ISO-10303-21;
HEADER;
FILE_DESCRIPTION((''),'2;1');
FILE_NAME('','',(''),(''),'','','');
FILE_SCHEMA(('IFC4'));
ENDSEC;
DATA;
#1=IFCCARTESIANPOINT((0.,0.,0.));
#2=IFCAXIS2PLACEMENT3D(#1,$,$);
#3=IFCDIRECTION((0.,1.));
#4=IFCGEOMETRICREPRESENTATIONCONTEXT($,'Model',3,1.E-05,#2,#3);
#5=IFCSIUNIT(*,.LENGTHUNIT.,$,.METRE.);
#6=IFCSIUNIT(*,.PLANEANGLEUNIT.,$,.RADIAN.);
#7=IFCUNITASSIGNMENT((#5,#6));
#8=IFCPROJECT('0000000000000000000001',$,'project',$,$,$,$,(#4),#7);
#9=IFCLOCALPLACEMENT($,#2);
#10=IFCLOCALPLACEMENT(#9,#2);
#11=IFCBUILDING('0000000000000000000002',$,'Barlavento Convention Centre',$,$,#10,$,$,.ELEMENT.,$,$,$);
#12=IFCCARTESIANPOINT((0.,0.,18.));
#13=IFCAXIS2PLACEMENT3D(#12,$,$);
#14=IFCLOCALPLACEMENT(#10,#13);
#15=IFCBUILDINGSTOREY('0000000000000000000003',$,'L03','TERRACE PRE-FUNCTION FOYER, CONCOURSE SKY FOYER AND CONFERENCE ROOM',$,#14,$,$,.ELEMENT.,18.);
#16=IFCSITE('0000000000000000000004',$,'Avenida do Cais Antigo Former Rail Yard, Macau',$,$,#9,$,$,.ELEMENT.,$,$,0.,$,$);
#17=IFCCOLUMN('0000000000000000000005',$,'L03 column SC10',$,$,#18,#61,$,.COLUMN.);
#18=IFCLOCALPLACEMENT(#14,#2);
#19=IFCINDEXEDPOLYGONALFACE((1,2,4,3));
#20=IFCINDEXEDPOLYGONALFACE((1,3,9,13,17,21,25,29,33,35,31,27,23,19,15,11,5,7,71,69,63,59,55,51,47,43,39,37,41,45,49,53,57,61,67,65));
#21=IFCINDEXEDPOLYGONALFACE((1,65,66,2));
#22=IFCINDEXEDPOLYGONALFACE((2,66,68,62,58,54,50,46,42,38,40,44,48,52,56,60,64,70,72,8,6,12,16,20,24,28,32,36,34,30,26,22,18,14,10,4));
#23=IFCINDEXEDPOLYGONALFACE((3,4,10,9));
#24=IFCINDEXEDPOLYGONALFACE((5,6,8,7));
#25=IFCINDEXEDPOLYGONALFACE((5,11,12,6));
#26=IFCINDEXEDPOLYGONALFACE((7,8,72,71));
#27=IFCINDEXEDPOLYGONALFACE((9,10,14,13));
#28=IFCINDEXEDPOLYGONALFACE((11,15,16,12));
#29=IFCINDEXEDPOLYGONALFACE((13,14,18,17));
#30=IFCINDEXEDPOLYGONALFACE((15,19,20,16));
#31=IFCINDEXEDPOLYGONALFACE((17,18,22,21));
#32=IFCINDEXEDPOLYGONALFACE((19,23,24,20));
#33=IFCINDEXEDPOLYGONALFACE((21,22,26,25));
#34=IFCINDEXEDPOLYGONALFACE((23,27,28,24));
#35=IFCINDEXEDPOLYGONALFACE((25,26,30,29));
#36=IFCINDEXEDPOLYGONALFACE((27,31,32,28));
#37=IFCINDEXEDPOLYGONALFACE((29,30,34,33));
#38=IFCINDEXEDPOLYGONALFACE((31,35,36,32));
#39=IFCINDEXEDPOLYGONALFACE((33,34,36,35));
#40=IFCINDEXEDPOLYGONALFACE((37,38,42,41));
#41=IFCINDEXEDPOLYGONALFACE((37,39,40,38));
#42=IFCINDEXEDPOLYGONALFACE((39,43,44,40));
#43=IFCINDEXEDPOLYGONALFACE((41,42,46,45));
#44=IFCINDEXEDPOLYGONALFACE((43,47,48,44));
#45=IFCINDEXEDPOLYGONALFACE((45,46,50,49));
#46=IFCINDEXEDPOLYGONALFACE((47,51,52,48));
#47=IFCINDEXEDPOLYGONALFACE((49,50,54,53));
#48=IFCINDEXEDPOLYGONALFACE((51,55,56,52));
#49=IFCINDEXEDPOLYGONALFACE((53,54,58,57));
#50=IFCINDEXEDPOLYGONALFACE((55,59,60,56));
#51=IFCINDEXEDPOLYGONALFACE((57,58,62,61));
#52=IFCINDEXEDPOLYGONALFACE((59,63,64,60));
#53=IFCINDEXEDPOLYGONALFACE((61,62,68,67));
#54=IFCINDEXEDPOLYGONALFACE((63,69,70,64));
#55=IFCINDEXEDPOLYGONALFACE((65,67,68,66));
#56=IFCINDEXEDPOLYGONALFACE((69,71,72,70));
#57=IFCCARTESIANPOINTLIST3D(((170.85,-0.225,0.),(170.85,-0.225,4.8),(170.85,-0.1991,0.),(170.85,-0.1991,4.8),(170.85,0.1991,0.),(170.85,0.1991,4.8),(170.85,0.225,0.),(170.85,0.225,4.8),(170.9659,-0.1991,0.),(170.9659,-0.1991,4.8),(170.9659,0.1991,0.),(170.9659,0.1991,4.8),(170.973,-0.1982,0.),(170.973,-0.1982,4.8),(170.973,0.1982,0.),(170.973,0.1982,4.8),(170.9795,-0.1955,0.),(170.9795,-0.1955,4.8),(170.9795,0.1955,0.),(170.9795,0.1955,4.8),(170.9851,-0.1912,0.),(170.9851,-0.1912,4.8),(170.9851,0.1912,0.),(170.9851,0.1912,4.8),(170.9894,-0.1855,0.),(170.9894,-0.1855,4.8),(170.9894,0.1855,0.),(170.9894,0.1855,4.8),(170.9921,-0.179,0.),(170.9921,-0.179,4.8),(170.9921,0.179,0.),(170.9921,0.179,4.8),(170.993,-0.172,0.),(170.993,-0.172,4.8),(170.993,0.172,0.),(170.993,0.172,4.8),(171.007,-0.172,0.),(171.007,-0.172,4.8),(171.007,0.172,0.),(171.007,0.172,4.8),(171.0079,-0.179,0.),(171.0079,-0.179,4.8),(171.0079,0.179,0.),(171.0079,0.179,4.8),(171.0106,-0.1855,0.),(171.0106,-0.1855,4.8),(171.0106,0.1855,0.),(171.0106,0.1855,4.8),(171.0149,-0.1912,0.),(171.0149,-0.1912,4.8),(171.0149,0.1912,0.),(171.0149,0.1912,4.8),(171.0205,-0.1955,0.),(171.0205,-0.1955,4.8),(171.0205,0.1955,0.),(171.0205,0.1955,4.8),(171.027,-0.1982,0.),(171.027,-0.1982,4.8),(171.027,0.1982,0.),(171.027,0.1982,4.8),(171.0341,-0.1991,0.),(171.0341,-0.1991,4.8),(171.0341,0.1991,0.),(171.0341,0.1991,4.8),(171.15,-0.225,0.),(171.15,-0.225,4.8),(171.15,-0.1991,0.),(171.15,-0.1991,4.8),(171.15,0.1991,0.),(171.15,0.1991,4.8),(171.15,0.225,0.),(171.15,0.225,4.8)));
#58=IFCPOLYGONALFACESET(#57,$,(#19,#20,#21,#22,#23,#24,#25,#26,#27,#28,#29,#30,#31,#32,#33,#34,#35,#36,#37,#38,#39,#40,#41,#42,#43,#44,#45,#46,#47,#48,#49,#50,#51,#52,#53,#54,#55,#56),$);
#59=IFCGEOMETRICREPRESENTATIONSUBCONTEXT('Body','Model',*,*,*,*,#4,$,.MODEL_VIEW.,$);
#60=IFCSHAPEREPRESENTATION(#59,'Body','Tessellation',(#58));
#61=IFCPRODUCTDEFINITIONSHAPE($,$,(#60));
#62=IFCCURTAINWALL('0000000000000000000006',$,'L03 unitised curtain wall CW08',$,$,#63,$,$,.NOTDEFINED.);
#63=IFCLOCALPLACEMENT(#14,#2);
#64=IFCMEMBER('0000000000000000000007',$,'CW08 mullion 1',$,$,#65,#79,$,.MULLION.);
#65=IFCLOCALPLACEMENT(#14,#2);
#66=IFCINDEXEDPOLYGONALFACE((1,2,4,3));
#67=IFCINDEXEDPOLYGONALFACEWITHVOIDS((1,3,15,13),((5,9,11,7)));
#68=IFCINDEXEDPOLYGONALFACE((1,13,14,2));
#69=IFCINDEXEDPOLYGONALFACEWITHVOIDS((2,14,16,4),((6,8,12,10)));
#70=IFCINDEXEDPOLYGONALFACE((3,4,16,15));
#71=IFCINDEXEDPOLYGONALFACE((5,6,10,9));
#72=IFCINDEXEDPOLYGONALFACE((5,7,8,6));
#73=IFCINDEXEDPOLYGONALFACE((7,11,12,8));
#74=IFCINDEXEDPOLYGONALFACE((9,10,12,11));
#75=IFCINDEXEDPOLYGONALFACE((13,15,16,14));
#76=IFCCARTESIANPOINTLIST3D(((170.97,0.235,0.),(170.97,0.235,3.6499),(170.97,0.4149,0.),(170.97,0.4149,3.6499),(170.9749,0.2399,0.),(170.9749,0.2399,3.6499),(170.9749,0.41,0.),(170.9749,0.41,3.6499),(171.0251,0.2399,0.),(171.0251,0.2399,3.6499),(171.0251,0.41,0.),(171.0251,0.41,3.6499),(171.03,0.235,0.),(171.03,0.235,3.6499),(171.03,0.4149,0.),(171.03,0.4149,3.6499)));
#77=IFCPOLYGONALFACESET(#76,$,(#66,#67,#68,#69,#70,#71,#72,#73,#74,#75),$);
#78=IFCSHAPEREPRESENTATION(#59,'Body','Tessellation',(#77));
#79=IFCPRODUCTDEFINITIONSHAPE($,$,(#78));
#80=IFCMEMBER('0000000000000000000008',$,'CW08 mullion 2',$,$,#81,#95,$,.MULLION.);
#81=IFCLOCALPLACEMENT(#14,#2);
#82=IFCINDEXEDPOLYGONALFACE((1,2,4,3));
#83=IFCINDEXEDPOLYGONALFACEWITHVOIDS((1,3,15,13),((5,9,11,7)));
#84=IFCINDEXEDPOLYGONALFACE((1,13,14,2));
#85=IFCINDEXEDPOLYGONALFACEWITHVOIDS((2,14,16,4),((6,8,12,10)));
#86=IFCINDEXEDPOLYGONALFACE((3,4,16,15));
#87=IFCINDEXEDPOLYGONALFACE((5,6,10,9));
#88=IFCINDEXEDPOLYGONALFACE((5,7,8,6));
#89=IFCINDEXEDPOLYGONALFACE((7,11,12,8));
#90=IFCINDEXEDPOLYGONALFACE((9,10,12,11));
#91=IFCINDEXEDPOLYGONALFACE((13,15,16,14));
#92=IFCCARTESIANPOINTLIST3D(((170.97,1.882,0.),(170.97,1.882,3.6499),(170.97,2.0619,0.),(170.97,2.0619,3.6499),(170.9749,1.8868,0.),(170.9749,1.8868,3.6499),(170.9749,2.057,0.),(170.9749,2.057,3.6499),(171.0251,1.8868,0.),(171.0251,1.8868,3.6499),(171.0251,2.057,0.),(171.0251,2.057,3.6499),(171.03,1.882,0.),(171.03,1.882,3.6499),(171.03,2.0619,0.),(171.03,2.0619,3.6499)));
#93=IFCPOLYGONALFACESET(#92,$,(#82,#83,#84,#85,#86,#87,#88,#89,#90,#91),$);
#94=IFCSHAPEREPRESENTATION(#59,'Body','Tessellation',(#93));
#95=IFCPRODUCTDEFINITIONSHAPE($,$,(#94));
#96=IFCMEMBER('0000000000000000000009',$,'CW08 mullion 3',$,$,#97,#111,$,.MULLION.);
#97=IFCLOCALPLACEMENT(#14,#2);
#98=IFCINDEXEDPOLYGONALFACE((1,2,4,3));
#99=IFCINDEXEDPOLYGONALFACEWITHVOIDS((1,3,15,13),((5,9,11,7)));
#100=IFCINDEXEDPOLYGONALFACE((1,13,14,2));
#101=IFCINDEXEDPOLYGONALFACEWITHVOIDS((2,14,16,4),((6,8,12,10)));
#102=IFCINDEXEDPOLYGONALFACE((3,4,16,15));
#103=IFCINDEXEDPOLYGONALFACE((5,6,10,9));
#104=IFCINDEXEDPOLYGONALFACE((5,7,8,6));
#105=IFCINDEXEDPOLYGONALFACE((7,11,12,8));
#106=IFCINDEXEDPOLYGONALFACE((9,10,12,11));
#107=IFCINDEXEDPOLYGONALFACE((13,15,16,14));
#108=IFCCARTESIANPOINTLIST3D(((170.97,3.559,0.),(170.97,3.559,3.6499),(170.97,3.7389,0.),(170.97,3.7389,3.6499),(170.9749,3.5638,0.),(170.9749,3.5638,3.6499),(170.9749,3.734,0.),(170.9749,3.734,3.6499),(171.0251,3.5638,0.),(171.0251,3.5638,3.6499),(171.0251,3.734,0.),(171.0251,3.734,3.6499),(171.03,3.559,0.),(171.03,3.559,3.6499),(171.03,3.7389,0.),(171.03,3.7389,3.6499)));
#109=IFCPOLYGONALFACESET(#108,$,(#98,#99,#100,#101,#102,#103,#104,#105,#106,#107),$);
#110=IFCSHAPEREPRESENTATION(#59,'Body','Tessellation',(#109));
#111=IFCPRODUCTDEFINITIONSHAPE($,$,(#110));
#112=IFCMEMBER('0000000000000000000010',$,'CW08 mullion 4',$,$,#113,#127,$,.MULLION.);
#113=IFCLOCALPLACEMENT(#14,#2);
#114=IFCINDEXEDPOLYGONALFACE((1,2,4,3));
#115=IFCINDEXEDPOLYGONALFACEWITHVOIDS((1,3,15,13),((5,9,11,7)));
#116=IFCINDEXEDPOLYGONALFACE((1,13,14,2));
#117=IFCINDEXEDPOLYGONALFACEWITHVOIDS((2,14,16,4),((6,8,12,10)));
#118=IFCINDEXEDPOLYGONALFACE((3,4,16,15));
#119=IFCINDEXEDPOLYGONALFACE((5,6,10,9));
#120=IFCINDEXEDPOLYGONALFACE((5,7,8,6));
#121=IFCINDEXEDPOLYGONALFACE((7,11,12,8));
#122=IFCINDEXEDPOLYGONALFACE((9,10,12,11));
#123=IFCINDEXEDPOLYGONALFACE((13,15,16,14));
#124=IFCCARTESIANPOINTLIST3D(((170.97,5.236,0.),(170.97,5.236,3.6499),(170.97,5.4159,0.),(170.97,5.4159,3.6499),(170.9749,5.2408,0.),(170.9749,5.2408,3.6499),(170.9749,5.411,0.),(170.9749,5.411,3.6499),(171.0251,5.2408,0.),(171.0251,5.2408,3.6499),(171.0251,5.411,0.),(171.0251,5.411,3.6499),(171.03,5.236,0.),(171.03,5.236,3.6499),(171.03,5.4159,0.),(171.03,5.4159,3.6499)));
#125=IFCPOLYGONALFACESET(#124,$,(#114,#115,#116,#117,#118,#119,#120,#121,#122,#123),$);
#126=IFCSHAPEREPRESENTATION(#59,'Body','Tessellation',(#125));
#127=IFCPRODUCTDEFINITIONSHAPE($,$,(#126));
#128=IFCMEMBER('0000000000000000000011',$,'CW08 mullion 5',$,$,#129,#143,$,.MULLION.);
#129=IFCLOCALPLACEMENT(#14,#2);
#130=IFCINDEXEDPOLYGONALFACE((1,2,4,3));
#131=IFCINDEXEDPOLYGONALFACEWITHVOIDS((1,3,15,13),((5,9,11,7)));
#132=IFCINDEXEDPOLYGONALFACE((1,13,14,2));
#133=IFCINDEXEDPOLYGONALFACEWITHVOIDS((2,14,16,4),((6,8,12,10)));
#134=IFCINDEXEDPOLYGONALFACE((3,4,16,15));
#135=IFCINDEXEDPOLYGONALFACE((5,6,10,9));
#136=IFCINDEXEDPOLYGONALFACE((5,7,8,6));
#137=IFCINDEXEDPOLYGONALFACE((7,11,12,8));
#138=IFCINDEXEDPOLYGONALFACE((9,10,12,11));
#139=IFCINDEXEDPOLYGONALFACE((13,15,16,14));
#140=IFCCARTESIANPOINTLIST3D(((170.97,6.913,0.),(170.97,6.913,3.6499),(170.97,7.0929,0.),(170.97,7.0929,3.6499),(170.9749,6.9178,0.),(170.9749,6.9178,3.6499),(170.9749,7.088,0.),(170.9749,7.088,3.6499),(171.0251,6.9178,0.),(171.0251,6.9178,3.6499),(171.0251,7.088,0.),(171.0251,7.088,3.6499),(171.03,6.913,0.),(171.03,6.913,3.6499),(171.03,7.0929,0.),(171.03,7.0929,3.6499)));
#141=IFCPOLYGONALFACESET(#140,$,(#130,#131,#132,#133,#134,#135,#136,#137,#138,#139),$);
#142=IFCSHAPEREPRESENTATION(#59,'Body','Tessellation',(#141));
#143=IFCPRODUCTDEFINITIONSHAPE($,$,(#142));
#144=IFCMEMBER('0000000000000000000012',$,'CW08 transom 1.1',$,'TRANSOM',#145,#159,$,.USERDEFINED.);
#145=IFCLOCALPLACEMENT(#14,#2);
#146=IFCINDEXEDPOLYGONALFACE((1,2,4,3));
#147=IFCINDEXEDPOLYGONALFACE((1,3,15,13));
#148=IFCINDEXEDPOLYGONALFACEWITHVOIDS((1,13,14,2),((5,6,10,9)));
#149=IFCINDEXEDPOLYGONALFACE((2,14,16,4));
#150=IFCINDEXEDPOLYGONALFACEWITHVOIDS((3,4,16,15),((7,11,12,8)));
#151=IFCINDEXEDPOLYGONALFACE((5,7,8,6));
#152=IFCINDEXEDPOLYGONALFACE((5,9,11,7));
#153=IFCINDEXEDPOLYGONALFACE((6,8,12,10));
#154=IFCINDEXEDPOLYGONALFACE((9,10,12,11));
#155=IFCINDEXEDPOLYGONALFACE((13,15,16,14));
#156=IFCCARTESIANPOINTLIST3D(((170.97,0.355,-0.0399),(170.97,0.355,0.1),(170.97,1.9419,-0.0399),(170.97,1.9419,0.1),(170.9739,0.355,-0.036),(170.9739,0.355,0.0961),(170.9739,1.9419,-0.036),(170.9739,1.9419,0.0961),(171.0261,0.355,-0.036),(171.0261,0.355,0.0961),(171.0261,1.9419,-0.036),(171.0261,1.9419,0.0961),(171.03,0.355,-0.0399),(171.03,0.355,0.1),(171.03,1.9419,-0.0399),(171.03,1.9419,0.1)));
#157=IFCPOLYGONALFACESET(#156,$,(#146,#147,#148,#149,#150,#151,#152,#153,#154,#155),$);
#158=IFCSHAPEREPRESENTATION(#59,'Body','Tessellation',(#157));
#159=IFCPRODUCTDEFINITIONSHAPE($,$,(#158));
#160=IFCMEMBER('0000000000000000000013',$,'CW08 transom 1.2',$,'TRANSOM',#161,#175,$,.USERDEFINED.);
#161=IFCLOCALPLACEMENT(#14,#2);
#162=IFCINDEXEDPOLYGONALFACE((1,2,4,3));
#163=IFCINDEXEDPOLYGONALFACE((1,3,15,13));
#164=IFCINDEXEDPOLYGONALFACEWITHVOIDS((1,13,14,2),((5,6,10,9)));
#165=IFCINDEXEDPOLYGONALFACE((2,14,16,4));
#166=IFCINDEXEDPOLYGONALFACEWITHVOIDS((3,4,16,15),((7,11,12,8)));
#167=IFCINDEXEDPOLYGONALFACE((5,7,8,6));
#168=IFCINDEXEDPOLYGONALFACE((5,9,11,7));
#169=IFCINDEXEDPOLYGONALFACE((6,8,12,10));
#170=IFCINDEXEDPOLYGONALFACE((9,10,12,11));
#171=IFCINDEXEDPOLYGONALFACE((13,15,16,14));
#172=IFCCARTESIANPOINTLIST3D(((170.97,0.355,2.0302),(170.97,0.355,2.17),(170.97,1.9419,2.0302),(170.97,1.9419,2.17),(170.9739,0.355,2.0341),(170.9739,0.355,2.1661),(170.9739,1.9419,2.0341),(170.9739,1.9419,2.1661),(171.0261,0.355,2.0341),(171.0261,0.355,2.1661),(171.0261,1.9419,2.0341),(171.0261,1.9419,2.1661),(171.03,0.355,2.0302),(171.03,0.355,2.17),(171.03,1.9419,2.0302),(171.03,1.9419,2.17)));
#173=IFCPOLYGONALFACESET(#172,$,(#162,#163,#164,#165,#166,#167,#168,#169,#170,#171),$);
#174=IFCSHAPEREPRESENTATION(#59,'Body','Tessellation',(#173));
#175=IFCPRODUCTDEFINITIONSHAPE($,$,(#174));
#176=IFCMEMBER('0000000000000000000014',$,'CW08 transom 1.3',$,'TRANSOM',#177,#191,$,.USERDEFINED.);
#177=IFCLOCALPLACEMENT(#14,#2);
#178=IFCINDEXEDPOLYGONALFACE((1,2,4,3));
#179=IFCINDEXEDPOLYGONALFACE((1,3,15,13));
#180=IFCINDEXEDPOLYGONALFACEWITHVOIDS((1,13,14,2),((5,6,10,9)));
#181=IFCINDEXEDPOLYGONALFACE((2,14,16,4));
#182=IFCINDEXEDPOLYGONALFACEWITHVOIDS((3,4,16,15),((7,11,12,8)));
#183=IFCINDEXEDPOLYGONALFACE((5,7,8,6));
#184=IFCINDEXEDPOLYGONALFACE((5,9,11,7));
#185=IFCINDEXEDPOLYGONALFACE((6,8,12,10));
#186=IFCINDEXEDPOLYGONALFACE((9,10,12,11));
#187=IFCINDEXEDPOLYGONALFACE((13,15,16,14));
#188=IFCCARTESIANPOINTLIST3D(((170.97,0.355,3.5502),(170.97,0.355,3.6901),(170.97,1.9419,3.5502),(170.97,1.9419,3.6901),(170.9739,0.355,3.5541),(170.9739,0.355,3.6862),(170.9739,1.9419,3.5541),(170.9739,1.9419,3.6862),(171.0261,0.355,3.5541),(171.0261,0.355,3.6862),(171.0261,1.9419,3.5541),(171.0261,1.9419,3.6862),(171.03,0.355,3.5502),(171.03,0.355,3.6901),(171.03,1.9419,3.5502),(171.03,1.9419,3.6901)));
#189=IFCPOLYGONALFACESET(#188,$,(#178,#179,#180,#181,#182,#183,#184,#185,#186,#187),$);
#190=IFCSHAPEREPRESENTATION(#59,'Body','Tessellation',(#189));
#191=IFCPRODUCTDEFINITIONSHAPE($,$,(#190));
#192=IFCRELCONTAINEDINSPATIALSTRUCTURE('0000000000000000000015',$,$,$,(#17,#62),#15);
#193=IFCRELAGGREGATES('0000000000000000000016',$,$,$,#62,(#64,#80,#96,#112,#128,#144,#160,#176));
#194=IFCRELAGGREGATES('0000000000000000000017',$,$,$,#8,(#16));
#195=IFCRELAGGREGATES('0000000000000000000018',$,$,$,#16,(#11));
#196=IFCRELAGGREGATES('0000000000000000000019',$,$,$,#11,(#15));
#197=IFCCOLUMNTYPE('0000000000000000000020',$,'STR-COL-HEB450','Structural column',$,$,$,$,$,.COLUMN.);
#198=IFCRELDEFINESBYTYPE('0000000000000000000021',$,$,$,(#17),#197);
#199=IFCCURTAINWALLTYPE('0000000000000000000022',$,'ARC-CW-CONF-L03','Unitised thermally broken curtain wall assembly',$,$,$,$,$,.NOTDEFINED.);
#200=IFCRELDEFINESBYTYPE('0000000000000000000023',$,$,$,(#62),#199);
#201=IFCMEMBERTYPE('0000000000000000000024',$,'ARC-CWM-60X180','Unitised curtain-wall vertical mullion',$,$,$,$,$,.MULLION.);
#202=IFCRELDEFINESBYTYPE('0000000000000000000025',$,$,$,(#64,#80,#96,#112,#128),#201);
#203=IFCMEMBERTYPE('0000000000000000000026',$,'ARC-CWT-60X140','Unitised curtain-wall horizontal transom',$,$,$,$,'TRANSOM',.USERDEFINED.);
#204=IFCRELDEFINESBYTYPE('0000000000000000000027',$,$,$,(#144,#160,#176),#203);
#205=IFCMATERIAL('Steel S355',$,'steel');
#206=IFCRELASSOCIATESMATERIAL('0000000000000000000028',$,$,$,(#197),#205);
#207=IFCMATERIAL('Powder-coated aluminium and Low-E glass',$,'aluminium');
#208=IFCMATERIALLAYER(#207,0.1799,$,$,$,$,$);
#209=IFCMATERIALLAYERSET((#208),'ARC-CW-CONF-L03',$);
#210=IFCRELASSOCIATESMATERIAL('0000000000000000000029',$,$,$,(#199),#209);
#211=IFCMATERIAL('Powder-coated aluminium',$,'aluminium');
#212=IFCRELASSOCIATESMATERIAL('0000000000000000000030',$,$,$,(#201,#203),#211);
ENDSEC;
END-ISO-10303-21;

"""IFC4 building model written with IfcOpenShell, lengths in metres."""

from ifc_helpers import new_model, si_unit, direction, frame, origin, origin_2d, place, context, subcontext, project, spatial, hollow_rectangle, i_section, extrude, material, layer, layer_set, material_profile, profile_set, type_object, element, aggregate, save


model = new_model("IFC4")

# Units and contexts
model_context = context("Model", 3, precision=1e-05, world=origin(), true_north=direction((0.0, 1.0)))
body_context = subcontext(model_context, "Body", "Model", "MODEL_VIEW")
ifc_project = project(units=[si_unit("LENGTHUNIT", "METRE"), si_unit("PLANEANGLEUNIT", "RADIAN")], contexts=[model_context])

# Site, building, storey
site_placement = place(None, origin())
site = spatial("IfcSite", under=ifc_project, at=site_placement, Name="Avenida do Cais Antigo Former Rail Yard, Macau", CompositionType="ELEMENT", RefElevation=0.0)
building_placement = place(site_placement, origin())
building = spatial("IfcBuilding", under=site, at=building_placement, Name="Barlavento Convention Centre", CompositionType="ELEMENT")
storey_placement = place(building_placement, frame((0.0, 0.0, 18.0)))
storey = spatial("IfcBuildingStorey", under=building, at=storey_placement, Name="L03", Description="TERRACE PRE-FUNCTION FOYER, CONCOURSE SKY FOYER AND CONFERENCE ROOM", CompositionType="ELEMENT", Elevation=18.0)

# Column
ifc_material_1 = material(Name="Steel S355", Category="steel")
ifc_material_profile_1 = material_profile(ifc_material_1, i_section(OverallWidth=0.3, OverallDepth=0.45, WebThickness=0.0139, FlangeThickness=0.0259, FilletRadius=0.0271, at=origin_2d()), Name="HEB 450")
ifc_profile_set_1 = profile_set([ifc_material_profile_1], Name="Steel S355")
column_type = type_object("IfcColumnType", Name="STR-COL-HEB450", Description="Structural column", PredefinedType="COLUMN", material=ifc_profile_set_1)
column_placement = place(storey_placement, frame((171.0, 0.0, 0.0), z_axis=(0.0, 0.0, 1.0), x_axis=(1.0, 0.0, 0.0)))
element("IfcColumn", 1, at=column_placement, inside=storey, type_object=column_type, Name="L03 column SC10", PredefinedType="COLUMN", context=body_context, shape_type="SweptSolid", body=[
    extrude(i_section(OverallWidth=0.3, OverallDepth=0.45, WebThickness=0.0139, FlangeThickness=0.0259, FilletRadius=0.0271, at=origin_2d()), origin(), (0.0, 0.0, 1.0), 4.8),
])

# Curtain wall, members
ifc_material_2 = material(Name="Powder-coated aluminium and Low-E glass", Category="aluminium")
ifc_layer_1 = layer(ifc_material_2, 0.1799)
ifc_layer_set_1 = layer_set([ifc_layer_1], Name="ARC-CW-CONF-L03")
curtain_wall_type = type_object("IfcCurtainWallType", Name="ARC-CW-CONF-L03", Description="Unitised thermally broken curtain wall assembly", PredefinedType="NOTDEFINED", material=ifc_layer_set_1)
curtain_wall_placement = place(storey_placement, origin())
curtain_wall = element("IfcCurtainWall", 2, at=curtain_wall_placement, inside=storey, type_object=curtain_wall_type, Name="L03 unitised curtain wall CW08", PredefinedType="NOTDEFINED")
ifc_material_3 = material(Name="Powder-coated aluminium", Category="aluminium")
ifc_material_profile_2 = material_profile(ifc_material_3, hollow_rectangle(XDim=0.0601, YDim=0.1799, WallThickness=0.0049, at=origin_2d()), Name="AL-MULL 60x180x5")
ifc_profile_set_2 = profile_set([ifc_material_profile_2], Name="Powder-coated aluminium")
member_type_1 = type_object("IfcMemberType", Name="ARC-CWM-60X180", Description="Unitised curtain-wall vertical mullion", PredefinedType="MULLION", material=ifc_profile_set_2)
member_1_placement = place(storey_placement, frame((171.0, 0.325, 0.0), z_axis=(0.0, 0.0, 1.0), x_axis=(-1.0, 0.0, 0.0)))
member_1 = element("IfcMember", 3, at=member_1_placement, type_object=member_type_1, Name="CW08 mullion 1", PredefinedType="MULLION", context=body_context, shape_type="SweptSolid", body=[
    extrude(hollow_rectangle(XDim=0.0601, YDim=0.1799, WallThickness=0.0049, at=origin_2d()), origin(), (0.0, 0.0, 1.0), 3.6499),
])
member_2_placement = place(storey_placement, frame((171.0, 1.9719, 0.0), z_axis=(0.0, 0.0, 1.0), x_axis=(-1.0, 0.0, 0.0)))
member_2 = element("IfcMember", 4, at=member_2_placement, type_object=member_type_1, Name="CW08 mullion 2", PredefinedType="MULLION", context=body_context, shape_type="SweptSolid", body=[
    extrude(hollow_rectangle(XDim=0.0601, YDim=0.1799, WallThickness=0.0049, at=origin_2d()), origin(), (0.0, 0.0, 1.0), 3.6499),
])
member_3_placement = place(storey_placement, frame((171.0, 3.6489, 0.0), z_axis=(0.0, 0.0, 1.0), x_axis=(-1.0, 0.0, 0.0)))
member_3 = element("IfcMember", 5, at=member_3_placement, type_object=member_type_1, Name="CW08 mullion 3", PredefinedType="MULLION", context=body_context, shape_type="SweptSolid", body=[
    extrude(hollow_rectangle(XDim=0.0601, YDim=0.1799, WallThickness=0.0049, at=origin_2d()), origin(), (0.0, 0.0, 1.0), 3.6499),
])
member_4_placement = place(storey_placement, frame((171.0, 5.3259, 0.0), z_axis=(0.0, 0.0, 1.0), x_axis=(-1.0, 0.0, 0.0)))
member_4 = element("IfcMember", 6, at=member_4_placement, type_object=member_type_1, Name="CW08 mullion 4", PredefinedType="MULLION", context=body_context, shape_type="SweptSolid", body=[
    extrude(hollow_rectangle(XDim=0.0601, YDim=0.1799, WallThickness=0.0049, at=origin_2d()), origin(), (0.0, 0.0, 1.0), 3.6499),
])
member_5_placement = place(storey_placement, frame((171.0, 7.0029, 0.0), z_axis=(0.0, 0.0, 1.0), x_axis=(-1.0, 0.0, 0.0)))
member_5 = element("IfcMember", 7, at=member_5_placement, type_object=member_type_1, Name="CW08 mullion 5", PredefinedType="MULLION", context=body_context, shape_type="SweptSolid", body=[
    extrude(hollow_rectangle(XDim=0.0601, YDim=0.1799, WallThickness=0.0049, at=origin_2d()), origin(), (0.0, 0.0, 1.0), 3.6499),
])
ifc_material_profile_3 = material_profile(ifc_material_3, hollow_rectangle(XDim=0.0601, YDim=0.1399, WallThickness=0.0039, at=origin_2d()), Name="AL-TRAN 60x140x4")
ifc_profile_set_3 = profile_set([ifc_material_profile_3], Name="Powder-coated aluminium")
member_type_2 = type_object("IfcMemberType", Name="ARC-CWT-60X140", Description="Unitised curtain-wall horizontal transom", ElementType="TRANSOM", PredefinedType="USERDEFINED", material=ifc_profile_set_3)
member_6_placement = place(storey_placement, frame((171.0, 0.355, 0.03), z_axis=(0.0, 1.0, 0.0), x_axis=(-1.0, 0.0, 0.0)))
member_6 = element("IfcMember", 8, at=member_6_placement, type_object=member_type_2, Name="CW08 transom 1.1", ObjectType="TRANSOM", PredefinedType="USERDEFINED", context=body_context, shape_type="SweptSolid", body=[
    extrude(hollow_rectangle(XDim=0.0601, YDim=0.1399, WallThickness=0.0039, at=origin_2d()), origin(), (0.0, 0.0, 1.0), 1.5869),
])
member_7_placement = place(storey_placement, frame((171.0, 0.355, 2.1001), z_axis=(0.0, 1.0, 0.0), x_axis=(-1.0, 0.0, 0.0)))
member_7 = element("IfcMember", 9, at=member_7_placement, type_object=member_type_2, Name="CW08 transom 1.2", ObjectType="TRANSOM", PredefinedType="USERDEFINED", context=body_context, shape_type="SweptSolid", body=[
    extrude(hollow_rectangle(XDim=0.0601, YDim=0.1399, WallThickness=0.0039, at=origin_2d()), origin(), (0.0, 0.0, 1.0), 1.5869),
])
member_8_placement = place(storey_placement, frame((171.0, 0.355, 3.6201), z_axis=(0.0, 1.0, 0.0), x_axis=(-1.0, 0.0, 0.0)))
member_8 = element("IfcMember", 10, at=member_8_placement, type_object=member_type_2, Name="CW08 transom 1.3", ObjectType="TRANSOM", PredefinedType="USERDEFINED", context=body_context, shape_type="SweptSolid", body=[
    extrude(hollow_rectangle(XDim=0.0601, YDim=0.1399, WallThickness=0.0039, at=origin_2d()), origin(), (0.0, 0.0, 1.0), 1.5869),
])

aggregate(curtain_wall, [member_1, member_2, member_3, member_4, member_5, member_6, member_7, member_8])

save(model, "model.ifc")
